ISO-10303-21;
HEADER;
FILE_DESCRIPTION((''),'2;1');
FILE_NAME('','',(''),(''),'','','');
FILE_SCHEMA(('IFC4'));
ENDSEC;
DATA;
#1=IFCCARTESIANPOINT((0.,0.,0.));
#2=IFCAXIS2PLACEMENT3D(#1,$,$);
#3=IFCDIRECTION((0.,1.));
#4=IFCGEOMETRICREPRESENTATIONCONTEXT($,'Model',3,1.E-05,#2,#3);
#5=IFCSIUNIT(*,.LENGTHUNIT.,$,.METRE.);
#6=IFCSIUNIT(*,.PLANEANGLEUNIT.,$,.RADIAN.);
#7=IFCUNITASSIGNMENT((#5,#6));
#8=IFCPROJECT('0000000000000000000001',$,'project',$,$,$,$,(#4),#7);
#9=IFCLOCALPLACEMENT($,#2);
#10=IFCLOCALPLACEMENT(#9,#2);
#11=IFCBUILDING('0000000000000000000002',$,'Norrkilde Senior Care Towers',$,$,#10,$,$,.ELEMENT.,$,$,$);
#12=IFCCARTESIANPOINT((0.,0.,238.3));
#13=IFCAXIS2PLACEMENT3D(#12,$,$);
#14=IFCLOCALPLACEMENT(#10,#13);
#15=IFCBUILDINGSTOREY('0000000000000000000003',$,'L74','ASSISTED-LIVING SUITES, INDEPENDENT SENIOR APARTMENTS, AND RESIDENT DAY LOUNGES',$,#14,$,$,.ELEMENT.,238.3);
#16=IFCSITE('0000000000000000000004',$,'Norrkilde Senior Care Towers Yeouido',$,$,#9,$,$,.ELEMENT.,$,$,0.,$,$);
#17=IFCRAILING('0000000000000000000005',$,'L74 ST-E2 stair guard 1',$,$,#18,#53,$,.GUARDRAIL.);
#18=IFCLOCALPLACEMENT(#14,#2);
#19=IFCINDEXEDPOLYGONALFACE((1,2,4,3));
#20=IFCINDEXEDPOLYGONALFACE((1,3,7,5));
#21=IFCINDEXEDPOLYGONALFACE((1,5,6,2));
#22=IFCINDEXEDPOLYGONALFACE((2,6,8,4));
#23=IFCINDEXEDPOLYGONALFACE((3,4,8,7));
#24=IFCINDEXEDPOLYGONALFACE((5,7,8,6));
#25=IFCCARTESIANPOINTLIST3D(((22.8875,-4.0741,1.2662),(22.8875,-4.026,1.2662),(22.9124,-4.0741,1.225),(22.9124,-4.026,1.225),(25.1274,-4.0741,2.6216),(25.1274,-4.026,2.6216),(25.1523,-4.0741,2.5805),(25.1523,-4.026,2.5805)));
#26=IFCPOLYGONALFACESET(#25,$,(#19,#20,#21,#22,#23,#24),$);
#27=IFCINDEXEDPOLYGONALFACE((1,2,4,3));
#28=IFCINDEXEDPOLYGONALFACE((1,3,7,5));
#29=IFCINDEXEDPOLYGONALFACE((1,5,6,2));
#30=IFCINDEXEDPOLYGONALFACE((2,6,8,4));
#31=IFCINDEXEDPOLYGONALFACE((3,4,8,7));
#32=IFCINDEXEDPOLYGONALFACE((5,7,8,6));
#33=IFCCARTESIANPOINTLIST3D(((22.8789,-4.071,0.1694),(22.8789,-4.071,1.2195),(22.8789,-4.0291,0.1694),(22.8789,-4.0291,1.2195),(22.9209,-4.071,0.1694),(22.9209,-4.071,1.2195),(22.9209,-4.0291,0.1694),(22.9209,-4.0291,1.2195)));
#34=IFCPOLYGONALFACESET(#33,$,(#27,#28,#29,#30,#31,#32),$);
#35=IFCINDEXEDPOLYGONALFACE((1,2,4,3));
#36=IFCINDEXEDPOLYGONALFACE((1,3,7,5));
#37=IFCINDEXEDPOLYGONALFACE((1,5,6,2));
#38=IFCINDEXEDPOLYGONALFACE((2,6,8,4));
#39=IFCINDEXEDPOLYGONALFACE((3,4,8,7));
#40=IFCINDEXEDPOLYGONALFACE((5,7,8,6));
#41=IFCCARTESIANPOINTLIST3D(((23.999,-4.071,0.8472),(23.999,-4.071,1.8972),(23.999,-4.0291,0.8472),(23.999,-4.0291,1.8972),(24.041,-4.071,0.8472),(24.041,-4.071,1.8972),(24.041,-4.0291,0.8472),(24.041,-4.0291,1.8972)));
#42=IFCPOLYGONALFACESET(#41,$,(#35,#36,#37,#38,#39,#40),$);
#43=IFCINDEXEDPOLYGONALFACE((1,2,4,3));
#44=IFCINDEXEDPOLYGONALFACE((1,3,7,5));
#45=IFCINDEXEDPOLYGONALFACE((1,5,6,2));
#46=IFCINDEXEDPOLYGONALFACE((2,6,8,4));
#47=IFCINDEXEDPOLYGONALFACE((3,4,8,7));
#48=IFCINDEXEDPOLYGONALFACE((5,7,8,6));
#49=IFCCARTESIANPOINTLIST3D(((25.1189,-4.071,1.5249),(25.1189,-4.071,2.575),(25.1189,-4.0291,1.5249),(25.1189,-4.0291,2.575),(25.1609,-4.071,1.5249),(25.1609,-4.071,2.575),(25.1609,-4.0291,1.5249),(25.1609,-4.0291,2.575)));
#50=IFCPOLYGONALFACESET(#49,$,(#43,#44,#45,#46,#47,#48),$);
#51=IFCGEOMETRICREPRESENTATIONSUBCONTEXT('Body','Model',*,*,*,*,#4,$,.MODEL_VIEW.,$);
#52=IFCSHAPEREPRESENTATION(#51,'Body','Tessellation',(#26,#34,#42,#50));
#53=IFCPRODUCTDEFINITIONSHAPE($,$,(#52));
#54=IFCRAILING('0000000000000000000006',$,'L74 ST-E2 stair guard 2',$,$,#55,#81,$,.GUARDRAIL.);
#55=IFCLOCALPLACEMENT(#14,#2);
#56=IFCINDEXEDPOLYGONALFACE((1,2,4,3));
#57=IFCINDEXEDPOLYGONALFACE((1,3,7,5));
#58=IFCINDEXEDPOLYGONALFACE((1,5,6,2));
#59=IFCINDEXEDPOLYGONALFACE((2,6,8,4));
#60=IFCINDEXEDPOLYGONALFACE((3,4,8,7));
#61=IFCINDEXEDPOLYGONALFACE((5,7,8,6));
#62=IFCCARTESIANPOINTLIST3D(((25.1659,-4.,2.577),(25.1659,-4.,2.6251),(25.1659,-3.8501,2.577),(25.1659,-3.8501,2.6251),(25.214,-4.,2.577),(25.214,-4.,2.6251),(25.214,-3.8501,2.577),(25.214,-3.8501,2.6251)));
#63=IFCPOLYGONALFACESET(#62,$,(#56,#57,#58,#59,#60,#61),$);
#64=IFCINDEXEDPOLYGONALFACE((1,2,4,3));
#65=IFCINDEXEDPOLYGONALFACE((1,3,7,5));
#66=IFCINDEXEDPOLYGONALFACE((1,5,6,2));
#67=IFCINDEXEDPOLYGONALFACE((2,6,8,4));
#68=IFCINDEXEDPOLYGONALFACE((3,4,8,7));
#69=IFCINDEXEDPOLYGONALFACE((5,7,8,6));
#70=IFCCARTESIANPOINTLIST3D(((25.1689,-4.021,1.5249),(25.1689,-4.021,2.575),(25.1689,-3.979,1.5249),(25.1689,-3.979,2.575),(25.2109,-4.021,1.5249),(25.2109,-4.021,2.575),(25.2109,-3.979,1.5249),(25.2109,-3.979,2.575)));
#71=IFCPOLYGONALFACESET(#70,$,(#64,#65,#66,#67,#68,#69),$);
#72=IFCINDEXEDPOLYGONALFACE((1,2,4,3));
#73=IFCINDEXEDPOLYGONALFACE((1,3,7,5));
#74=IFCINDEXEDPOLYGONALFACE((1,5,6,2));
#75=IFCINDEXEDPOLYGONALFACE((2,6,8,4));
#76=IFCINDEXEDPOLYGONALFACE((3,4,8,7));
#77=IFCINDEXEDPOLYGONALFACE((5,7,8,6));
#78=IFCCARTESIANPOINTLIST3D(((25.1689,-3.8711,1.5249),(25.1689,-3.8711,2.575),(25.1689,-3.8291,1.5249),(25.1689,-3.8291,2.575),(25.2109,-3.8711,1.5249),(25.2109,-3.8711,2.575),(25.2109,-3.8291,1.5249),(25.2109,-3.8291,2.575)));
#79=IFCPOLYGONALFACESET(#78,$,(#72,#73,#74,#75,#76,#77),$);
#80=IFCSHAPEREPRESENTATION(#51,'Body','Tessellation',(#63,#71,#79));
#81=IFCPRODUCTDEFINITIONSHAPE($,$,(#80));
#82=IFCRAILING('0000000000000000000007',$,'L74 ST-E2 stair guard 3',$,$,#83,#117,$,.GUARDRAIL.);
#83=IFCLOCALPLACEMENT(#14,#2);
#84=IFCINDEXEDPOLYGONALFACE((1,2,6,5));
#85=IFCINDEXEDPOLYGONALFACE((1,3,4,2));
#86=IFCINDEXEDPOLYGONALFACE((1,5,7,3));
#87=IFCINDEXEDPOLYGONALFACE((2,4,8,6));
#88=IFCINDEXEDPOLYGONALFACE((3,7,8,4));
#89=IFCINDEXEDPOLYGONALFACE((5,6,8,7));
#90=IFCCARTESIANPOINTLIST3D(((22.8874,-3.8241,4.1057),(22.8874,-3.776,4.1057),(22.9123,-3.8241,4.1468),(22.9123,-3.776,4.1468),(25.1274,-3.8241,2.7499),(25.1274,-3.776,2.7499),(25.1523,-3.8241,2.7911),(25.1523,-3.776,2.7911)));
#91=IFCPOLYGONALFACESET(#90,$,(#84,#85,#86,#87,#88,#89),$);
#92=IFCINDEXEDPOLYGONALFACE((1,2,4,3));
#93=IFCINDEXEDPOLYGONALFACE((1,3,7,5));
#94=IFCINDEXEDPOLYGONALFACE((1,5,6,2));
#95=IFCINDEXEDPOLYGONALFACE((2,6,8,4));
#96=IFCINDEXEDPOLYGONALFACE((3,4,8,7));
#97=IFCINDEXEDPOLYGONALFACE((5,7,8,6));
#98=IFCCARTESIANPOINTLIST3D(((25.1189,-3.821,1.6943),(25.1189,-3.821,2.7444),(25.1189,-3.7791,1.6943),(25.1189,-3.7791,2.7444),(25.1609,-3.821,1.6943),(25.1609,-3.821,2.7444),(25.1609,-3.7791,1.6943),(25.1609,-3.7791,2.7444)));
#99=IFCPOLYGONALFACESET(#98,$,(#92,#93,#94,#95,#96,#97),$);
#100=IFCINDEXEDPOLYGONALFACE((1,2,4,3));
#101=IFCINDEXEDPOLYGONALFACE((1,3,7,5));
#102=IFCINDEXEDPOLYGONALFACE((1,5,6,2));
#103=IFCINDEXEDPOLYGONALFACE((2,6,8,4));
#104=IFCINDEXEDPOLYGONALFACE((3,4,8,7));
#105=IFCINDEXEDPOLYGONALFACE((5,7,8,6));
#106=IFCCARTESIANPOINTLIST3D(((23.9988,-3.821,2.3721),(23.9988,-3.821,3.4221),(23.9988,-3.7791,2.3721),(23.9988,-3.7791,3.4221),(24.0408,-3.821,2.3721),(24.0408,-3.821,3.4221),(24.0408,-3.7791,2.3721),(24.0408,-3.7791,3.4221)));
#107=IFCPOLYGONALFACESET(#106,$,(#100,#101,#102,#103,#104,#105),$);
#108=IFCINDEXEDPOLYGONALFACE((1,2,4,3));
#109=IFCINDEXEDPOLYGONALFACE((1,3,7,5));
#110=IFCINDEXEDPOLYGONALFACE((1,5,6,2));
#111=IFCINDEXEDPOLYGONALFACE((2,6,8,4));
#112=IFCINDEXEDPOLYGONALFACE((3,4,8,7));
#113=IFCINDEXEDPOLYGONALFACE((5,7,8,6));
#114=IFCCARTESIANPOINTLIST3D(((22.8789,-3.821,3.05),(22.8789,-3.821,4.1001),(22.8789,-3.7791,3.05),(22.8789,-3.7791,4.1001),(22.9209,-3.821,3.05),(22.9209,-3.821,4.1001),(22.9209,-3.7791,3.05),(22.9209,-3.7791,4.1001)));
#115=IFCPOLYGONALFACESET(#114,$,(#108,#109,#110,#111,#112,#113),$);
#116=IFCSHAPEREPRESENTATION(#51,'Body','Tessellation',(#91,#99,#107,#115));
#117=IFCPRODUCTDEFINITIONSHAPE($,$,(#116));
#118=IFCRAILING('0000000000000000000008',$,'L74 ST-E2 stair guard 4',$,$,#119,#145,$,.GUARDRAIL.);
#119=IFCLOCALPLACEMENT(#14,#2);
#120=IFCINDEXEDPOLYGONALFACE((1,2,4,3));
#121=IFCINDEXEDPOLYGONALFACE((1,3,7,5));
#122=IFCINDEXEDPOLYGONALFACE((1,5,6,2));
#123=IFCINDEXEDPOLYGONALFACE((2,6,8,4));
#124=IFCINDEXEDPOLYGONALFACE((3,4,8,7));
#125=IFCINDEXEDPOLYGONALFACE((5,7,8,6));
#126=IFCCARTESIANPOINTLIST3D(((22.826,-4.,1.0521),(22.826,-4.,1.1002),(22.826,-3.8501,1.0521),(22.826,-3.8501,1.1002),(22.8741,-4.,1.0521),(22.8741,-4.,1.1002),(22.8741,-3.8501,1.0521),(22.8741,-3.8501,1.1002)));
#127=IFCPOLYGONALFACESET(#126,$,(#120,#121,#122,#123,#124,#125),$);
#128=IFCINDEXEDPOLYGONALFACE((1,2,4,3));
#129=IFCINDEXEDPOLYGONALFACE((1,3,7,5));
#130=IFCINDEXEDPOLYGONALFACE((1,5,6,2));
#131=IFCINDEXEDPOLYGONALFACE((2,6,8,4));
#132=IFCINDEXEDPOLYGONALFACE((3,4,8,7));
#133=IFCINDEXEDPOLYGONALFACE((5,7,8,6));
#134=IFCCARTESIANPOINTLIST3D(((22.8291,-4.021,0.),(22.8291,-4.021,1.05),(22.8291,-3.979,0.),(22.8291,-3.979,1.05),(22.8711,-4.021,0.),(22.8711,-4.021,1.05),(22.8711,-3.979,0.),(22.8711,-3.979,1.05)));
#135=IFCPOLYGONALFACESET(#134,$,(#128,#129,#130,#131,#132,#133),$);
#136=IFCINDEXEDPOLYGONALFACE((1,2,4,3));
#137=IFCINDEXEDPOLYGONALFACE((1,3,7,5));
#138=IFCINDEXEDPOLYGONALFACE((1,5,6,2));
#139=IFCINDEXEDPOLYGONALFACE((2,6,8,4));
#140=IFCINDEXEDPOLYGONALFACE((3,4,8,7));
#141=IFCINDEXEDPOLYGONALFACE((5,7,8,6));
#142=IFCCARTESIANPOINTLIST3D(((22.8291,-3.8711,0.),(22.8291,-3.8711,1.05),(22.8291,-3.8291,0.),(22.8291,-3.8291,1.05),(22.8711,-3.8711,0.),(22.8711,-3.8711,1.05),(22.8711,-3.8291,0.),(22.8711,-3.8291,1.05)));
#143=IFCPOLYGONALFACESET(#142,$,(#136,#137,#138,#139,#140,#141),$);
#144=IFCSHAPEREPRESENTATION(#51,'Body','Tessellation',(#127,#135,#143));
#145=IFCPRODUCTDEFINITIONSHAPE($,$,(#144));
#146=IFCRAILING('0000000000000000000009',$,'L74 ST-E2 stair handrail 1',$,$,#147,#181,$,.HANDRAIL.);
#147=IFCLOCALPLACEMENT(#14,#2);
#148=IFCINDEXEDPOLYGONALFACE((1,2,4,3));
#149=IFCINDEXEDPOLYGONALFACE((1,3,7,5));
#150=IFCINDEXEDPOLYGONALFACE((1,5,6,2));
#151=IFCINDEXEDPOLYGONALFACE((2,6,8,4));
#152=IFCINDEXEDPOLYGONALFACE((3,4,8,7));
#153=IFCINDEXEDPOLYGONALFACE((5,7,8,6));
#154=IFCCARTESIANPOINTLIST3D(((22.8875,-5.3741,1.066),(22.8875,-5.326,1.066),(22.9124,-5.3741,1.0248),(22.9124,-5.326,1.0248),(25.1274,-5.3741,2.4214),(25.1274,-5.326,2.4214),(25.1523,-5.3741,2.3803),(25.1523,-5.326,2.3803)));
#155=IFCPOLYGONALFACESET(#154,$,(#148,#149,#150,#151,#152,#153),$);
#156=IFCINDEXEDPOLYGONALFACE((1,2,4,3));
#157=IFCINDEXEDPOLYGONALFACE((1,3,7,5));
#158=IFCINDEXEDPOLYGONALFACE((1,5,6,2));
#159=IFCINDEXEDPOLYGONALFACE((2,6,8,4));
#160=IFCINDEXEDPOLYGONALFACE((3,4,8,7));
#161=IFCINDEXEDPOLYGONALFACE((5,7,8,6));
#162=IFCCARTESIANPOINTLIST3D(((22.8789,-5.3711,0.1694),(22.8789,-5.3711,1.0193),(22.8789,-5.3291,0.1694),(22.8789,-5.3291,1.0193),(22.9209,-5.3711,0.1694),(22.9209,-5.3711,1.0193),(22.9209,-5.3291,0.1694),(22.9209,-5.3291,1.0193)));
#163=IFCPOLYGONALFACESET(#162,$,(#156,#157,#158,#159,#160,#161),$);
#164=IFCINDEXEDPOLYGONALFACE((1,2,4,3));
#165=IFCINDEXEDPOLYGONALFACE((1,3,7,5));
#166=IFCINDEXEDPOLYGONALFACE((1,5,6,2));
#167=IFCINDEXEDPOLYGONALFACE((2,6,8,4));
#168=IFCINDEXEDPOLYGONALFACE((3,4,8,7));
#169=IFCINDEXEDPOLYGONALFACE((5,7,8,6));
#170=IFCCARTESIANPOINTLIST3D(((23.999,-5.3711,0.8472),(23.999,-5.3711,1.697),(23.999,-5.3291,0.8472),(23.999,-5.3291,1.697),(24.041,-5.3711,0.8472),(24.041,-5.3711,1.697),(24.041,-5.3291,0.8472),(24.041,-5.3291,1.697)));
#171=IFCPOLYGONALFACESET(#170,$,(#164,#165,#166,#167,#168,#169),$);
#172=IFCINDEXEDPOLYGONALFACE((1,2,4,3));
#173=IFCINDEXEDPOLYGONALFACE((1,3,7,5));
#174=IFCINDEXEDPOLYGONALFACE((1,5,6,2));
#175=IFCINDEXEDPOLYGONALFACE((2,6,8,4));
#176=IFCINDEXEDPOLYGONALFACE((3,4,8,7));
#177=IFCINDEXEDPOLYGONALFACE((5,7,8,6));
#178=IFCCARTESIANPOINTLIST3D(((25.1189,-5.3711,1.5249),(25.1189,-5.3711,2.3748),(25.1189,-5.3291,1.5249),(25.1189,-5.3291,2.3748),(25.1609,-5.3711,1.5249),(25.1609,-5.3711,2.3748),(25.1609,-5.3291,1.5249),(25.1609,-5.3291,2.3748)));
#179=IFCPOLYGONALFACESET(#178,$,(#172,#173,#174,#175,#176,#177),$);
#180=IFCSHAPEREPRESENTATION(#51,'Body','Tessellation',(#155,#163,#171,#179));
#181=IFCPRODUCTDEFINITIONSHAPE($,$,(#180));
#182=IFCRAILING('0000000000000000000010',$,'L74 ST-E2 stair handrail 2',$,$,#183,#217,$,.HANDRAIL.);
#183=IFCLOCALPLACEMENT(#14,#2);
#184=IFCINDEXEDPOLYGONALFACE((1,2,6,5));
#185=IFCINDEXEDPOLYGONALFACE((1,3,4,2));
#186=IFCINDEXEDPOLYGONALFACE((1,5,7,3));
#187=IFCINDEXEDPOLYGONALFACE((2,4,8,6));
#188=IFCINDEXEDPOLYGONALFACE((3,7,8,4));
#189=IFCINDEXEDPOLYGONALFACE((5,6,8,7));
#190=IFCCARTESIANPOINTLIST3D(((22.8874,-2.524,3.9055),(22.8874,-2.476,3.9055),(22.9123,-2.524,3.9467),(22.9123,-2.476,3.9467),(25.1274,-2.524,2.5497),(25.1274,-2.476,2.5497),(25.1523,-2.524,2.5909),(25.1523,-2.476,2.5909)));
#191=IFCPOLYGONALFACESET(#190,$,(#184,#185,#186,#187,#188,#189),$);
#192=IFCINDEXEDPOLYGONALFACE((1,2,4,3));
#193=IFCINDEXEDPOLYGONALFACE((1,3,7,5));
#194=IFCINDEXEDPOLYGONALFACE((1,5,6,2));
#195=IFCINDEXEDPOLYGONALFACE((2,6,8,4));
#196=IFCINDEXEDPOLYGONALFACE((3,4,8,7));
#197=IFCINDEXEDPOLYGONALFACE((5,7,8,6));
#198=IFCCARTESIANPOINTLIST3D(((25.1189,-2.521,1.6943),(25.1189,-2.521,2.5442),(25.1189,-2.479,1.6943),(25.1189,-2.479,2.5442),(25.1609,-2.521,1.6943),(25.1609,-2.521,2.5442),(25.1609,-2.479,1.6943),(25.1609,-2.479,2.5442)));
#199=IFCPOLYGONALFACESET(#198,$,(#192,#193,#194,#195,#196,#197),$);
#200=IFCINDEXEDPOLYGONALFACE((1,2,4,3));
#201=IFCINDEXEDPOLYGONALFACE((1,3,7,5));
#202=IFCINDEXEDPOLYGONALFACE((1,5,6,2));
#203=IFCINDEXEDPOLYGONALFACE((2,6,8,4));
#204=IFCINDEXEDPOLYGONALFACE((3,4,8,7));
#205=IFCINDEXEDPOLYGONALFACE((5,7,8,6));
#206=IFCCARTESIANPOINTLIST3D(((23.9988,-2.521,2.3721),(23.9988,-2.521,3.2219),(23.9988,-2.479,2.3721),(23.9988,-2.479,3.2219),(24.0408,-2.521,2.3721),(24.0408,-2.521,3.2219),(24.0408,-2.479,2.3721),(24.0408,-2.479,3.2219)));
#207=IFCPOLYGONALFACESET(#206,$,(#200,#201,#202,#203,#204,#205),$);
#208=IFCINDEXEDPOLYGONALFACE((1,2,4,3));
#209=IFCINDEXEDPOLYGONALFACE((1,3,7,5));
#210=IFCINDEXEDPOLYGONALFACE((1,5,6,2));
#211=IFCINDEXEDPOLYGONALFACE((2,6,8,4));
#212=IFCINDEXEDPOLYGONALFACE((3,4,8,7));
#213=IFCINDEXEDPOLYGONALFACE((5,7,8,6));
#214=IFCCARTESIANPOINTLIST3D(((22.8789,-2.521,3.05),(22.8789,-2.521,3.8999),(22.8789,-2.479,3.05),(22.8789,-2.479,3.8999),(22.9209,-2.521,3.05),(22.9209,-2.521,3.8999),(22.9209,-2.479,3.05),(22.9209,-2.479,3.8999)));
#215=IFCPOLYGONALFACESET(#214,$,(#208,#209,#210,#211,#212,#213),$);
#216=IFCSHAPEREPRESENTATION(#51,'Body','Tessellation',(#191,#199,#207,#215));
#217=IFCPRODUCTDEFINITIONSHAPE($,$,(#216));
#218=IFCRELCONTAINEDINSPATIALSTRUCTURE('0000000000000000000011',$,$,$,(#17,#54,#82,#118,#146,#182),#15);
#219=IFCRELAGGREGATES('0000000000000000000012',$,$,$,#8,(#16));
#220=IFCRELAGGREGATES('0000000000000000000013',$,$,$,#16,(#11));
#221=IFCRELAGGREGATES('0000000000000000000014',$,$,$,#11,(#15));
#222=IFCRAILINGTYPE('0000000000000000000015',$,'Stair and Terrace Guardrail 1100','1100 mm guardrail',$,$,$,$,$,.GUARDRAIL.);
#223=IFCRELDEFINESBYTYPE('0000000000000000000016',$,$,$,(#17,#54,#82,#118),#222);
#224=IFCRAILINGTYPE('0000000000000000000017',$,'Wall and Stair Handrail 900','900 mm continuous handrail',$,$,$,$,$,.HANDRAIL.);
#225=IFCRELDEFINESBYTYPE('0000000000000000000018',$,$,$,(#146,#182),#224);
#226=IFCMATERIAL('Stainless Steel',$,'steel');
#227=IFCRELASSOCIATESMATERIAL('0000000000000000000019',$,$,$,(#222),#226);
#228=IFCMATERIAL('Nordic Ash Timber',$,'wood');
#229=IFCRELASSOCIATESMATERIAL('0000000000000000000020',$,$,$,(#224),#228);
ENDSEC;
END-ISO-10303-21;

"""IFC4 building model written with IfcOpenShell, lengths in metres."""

from ifc_helpers import new_model, si_unit, direction, frame, origin, origin_2d, place, context, subcontext, project, spatial, rectangle, extrude, material, type_object, element, save


model = new_model("IFC4")

# Units and contexts
model_context = context("Model", 3, precision=1e-05, world=origin(), true_north=direction((0.0, 1.0)))
body_context = subcontext(model_context, "Body", "Model", "MODEL_VIEW")
ifc_project = project(units=[si_unit("LENGTHUNIT", "METRE"), si_unit("PLANEANGLEUNIT", "RADIAN")], contexts=[model_context])

# Site, building, storey
site_placement = place(None, origin())
site = spatial("IfcSite", under=ifc_project, at=site_placement, Name="Norrkilde Senior Care Towers Yeouido", CompositionType="ELEMENT", RefElevation=0.0)
building_placement = place(site_placement, origin())
building = spatial("IfcBuilding", under=site, at=building_placement, Name="Norrkilde Senior Care Towers", CompositionType="ELEMENT")
storey_placement = place(building_placement, frame((0.0, 0.0, 238.3)))
storey = spatial("IfcBuildingStorey", under=building, at=storey_placement, Name="L74", Description="ASSISTED-LIVING SUITES, INDEPENDENT SENIOR APARTMENTS, AND RESIDENT DAY LOUNGES", CompositionType="ELEMENT", Elevation=238.3)

# Shared definitions
ifc_material_1 = material(Name="Nordic Ash Timber", Category="wood")

# Railings
ifc_material_2 = material(Name="Stainless Steel", Category="steel")
railing_type_1 = type_object("IfcRailingType", Name="Stair and Terrace Guardrail 1100", Description="1100 mm guardrail", PredefinedType="GUARDRAIL", material=ifc_material_2)
railing_1_placement = place(storey_placement, frame((22.8999, -4.05, 0.1694)))
element("IfcRailing", 1, at=railing_1_placement, inside=storey, type_object=railing_type_1, Name="L74 ST-E2 stair guard 1", PredefinedType="GUARDRAIL", context=body_context, shape_type="SweptSolid", body=[
    extrude(rectangle(XDim=0.0481, YDim=0.0481, at=origin_2d()), frame((0.0, 0.0, 1.0762), z_axis=(0.855553, 0.0, 0.517715), x_axis=(0.0, 1.0, 0.0)), (0.0, 0.0, 1.0), 2.6182),
    extrude(rectangle(XDim=0.042, YDim=0.042, at=origin_2d()), origin(), (0.0, 0.0, 1.0), 1.05),
    extrude(rectangle(XDim=0.042, YDim=0.042, at=origin_2d()), frame((1.1201, 0.0, 0.6777)), (0.0, 0.0, 1.0), 1.05),
    extrude(rectangle(XDim=0.042, YDim=0.042, at=origin_2d()), frame((2.24, 0.0, 1.3555)), (0.0, 0.0, 1.0), 1.05),
])
railing_2_placement = place(storey_placement, frame((25.1899, -4.0, 1.5249)))
element("IfcRailing", 2, at=railing_2_placement, inside=storey, type_object=railing_type_1, Name="L74 ST-E2 stair guard 2", PredefinedType="GUARDRAIL", context=body_context, shape_type="SweptSolid", body=[
    extrude(rectangle(XDim=0.0481, YDim=0.0481, at=origin_2d()), frame((0.0, 0.0, 1.0762), z_axis=(0.0, 1.0, 0.0), x_axis=(-1.0, 0.0, 0.0)), (0.0, 0.0, 1.0), 0.1499),
    extrude(rectangle(XDim=0.042, YDim=0.042, at=origin_2d()), origin(), (0.0, 0.0, 1.0), 1.05),
    extrude(rectangle(XDim=0.042, YDim=0.042, at=origin_2d()), frame((0.0, 0.1499, 0.0)), (0.0, 0.0, 1.0), 1.05),
])
railing_3_placement = place(storey_placement, frame((25.1399, -3.8, 1.6943)))
element("IfcRailing", 3, at=railing_3_placement, inside=storey, type_object=railing_type_1, Name="L74 ST-E2 stair guard 3", PredefinedType="GUARDRAIL", context=body_context, shape_type="SweptSolid", body=[
    extrude(rectangle(XDim=0.0481, YDim=0.0481, at=origin_2d()), frame((0.0, 0.0, 1.0762), z_axis=(-0.855512, 0.0, 0.517783), x_axis=(0.0, -1.0, 0.0)), (0.0, 0.0, 1.0), 2.6184),
    extrude(rectangle(XDim=0.042, YDim=0.042, at=origin_2d()), origin(), (0.0, 0.0, 1.0), 1.05),
    extrude(rectangle(XDim=0.042, YDim=0.042, at=origin_2d()), frame((-1.1201, 0.0, 0.6777)), (0.0, 0.0, 1.0), 1.05),
    extrude(rectangle(XDim=0.042, YDim=0.042, at=origin_2d()), frame((-2.24, 0.0, 1.3557)), (0.0, 0.0, 1.0), 1.05),
])
railing_4_placement = place(storey_placement, frame((22.8501, -4.0, 0.0)))
element("IfcRailing", 4, at=railing_4_placement, inside=storey, type_object=railing_type_1, Name="L74 ST-E2 stair guard 4", PredefinedType="GUARDRAIL", context=body_context, shape_type="SweptSolid", body=[
    extrude(rectangle(XDim=0.0481, YDim=0.0481, at=origin_2d()), frame((0.0, 0.0, 1.0762), z_axis=(0.0, 1.0, 0.0), x_axis=(-1.0, 0.0, 0.0)), (0.0, 0.0, 1.0), 0.1499),
    extrude(rectangle(XDim=0.042, YDim=0.042, at=origin_2d()), origin(), (0.0, 0.0, 1.0), 1.05),
    extrude(rectangle(XDim=0.042, YDim=0.042, at=origin_2d()), frame((0.0, 0.1499, 0.0)), (0.0, 0.0, 1.0), 1.05),
])
railing_type_2 = type_object("IfcRailingType", Name="Wall and Stair Handrail 900", Description="900 mm continuous handrail", PredefinedType="HANDRAIL", material=ifc_material_1)
railing_5_placement = place(storey_placement, frame((22.8999, -5.3501, 0.1694)))
element("IfcRailing", 5, at=railing_5_placement, inside=storey, type_object=railing_type_2, Name="L74 ST-E2 stair handrail 1", PredefinedType="HANDRAIL", context=body_context, shape_type="SweptSolid", body=[
    extrude(rectangle(XDim=0.0481, YDim=0.0481, at=origin_2d()), frame((0.0, 0.0, 0.876), z_axis=(0.855553, 0.0, 0.517715), x_axis=(0.0, 1.0, 0.0)), (0.0, 0.0, 1.0), 2.6182),
    extrude(rectangle(XDim=0.042, YDim=0.042, at=origin_2d()), origin(), (0.0, 0.0, 1.0), 0.8499),
    extrude(rectangle(XDim=0.042, YDim=0.042, at=origin_2d()), frame((1.1201, 0.0, 0.6777)), (0.0, 0.0, 1.0), 0.8499),
    extrude(rectangle(XDim=0.042, YDim=0.042, at=origin_2d()), frame((2.24, 0.0, 1.3555)), (0.0, 0.0, 1.0), 0.8499),
])
railing_6_placement = place(storey_placement, frame((25.1399, -2.5, 1.6943)))
element("IfcRailing", 6, at=railing_6_placement, inside=storey, type_object=railing_type_2, Name="L74 ST-E2 stair handrail 2", PredefinedType="HANDRAIL", context=body_context, shape_type="SweptSolid", body=[
    extrude(rectangle(XDim=0.0481, YDim=0.0481, at=origin_2d()), frame((0.0, 0.0, 0.876), z_axis=(-0.855512, 0.0, 0.517783), x_axis=(0.0, -1.0, 0.0)), (0.0, 0.0, 1.0), 2.6184),
    extrude(rectangle(XDim=0.042, YDim=0.042, at=origin_2d()), origin(), (0.0, 0.0, 1.0), 0.8499),
    extrude(rectangle(XDim=0.042, YDim=0.042, at=origin_2d()), frame((-1.1201, 0.0, 0.6777)), (0.0, 0.0, 1.0), 0.8499),
    extrude(rectangle(XDim=0.042, YDim=0.042, at=origin_2d()), frame((-2.24, 0.0, 1.3557)), (0.0, 0.0, 1.0), 0.8499),
])

save(model, "model.ifc")
